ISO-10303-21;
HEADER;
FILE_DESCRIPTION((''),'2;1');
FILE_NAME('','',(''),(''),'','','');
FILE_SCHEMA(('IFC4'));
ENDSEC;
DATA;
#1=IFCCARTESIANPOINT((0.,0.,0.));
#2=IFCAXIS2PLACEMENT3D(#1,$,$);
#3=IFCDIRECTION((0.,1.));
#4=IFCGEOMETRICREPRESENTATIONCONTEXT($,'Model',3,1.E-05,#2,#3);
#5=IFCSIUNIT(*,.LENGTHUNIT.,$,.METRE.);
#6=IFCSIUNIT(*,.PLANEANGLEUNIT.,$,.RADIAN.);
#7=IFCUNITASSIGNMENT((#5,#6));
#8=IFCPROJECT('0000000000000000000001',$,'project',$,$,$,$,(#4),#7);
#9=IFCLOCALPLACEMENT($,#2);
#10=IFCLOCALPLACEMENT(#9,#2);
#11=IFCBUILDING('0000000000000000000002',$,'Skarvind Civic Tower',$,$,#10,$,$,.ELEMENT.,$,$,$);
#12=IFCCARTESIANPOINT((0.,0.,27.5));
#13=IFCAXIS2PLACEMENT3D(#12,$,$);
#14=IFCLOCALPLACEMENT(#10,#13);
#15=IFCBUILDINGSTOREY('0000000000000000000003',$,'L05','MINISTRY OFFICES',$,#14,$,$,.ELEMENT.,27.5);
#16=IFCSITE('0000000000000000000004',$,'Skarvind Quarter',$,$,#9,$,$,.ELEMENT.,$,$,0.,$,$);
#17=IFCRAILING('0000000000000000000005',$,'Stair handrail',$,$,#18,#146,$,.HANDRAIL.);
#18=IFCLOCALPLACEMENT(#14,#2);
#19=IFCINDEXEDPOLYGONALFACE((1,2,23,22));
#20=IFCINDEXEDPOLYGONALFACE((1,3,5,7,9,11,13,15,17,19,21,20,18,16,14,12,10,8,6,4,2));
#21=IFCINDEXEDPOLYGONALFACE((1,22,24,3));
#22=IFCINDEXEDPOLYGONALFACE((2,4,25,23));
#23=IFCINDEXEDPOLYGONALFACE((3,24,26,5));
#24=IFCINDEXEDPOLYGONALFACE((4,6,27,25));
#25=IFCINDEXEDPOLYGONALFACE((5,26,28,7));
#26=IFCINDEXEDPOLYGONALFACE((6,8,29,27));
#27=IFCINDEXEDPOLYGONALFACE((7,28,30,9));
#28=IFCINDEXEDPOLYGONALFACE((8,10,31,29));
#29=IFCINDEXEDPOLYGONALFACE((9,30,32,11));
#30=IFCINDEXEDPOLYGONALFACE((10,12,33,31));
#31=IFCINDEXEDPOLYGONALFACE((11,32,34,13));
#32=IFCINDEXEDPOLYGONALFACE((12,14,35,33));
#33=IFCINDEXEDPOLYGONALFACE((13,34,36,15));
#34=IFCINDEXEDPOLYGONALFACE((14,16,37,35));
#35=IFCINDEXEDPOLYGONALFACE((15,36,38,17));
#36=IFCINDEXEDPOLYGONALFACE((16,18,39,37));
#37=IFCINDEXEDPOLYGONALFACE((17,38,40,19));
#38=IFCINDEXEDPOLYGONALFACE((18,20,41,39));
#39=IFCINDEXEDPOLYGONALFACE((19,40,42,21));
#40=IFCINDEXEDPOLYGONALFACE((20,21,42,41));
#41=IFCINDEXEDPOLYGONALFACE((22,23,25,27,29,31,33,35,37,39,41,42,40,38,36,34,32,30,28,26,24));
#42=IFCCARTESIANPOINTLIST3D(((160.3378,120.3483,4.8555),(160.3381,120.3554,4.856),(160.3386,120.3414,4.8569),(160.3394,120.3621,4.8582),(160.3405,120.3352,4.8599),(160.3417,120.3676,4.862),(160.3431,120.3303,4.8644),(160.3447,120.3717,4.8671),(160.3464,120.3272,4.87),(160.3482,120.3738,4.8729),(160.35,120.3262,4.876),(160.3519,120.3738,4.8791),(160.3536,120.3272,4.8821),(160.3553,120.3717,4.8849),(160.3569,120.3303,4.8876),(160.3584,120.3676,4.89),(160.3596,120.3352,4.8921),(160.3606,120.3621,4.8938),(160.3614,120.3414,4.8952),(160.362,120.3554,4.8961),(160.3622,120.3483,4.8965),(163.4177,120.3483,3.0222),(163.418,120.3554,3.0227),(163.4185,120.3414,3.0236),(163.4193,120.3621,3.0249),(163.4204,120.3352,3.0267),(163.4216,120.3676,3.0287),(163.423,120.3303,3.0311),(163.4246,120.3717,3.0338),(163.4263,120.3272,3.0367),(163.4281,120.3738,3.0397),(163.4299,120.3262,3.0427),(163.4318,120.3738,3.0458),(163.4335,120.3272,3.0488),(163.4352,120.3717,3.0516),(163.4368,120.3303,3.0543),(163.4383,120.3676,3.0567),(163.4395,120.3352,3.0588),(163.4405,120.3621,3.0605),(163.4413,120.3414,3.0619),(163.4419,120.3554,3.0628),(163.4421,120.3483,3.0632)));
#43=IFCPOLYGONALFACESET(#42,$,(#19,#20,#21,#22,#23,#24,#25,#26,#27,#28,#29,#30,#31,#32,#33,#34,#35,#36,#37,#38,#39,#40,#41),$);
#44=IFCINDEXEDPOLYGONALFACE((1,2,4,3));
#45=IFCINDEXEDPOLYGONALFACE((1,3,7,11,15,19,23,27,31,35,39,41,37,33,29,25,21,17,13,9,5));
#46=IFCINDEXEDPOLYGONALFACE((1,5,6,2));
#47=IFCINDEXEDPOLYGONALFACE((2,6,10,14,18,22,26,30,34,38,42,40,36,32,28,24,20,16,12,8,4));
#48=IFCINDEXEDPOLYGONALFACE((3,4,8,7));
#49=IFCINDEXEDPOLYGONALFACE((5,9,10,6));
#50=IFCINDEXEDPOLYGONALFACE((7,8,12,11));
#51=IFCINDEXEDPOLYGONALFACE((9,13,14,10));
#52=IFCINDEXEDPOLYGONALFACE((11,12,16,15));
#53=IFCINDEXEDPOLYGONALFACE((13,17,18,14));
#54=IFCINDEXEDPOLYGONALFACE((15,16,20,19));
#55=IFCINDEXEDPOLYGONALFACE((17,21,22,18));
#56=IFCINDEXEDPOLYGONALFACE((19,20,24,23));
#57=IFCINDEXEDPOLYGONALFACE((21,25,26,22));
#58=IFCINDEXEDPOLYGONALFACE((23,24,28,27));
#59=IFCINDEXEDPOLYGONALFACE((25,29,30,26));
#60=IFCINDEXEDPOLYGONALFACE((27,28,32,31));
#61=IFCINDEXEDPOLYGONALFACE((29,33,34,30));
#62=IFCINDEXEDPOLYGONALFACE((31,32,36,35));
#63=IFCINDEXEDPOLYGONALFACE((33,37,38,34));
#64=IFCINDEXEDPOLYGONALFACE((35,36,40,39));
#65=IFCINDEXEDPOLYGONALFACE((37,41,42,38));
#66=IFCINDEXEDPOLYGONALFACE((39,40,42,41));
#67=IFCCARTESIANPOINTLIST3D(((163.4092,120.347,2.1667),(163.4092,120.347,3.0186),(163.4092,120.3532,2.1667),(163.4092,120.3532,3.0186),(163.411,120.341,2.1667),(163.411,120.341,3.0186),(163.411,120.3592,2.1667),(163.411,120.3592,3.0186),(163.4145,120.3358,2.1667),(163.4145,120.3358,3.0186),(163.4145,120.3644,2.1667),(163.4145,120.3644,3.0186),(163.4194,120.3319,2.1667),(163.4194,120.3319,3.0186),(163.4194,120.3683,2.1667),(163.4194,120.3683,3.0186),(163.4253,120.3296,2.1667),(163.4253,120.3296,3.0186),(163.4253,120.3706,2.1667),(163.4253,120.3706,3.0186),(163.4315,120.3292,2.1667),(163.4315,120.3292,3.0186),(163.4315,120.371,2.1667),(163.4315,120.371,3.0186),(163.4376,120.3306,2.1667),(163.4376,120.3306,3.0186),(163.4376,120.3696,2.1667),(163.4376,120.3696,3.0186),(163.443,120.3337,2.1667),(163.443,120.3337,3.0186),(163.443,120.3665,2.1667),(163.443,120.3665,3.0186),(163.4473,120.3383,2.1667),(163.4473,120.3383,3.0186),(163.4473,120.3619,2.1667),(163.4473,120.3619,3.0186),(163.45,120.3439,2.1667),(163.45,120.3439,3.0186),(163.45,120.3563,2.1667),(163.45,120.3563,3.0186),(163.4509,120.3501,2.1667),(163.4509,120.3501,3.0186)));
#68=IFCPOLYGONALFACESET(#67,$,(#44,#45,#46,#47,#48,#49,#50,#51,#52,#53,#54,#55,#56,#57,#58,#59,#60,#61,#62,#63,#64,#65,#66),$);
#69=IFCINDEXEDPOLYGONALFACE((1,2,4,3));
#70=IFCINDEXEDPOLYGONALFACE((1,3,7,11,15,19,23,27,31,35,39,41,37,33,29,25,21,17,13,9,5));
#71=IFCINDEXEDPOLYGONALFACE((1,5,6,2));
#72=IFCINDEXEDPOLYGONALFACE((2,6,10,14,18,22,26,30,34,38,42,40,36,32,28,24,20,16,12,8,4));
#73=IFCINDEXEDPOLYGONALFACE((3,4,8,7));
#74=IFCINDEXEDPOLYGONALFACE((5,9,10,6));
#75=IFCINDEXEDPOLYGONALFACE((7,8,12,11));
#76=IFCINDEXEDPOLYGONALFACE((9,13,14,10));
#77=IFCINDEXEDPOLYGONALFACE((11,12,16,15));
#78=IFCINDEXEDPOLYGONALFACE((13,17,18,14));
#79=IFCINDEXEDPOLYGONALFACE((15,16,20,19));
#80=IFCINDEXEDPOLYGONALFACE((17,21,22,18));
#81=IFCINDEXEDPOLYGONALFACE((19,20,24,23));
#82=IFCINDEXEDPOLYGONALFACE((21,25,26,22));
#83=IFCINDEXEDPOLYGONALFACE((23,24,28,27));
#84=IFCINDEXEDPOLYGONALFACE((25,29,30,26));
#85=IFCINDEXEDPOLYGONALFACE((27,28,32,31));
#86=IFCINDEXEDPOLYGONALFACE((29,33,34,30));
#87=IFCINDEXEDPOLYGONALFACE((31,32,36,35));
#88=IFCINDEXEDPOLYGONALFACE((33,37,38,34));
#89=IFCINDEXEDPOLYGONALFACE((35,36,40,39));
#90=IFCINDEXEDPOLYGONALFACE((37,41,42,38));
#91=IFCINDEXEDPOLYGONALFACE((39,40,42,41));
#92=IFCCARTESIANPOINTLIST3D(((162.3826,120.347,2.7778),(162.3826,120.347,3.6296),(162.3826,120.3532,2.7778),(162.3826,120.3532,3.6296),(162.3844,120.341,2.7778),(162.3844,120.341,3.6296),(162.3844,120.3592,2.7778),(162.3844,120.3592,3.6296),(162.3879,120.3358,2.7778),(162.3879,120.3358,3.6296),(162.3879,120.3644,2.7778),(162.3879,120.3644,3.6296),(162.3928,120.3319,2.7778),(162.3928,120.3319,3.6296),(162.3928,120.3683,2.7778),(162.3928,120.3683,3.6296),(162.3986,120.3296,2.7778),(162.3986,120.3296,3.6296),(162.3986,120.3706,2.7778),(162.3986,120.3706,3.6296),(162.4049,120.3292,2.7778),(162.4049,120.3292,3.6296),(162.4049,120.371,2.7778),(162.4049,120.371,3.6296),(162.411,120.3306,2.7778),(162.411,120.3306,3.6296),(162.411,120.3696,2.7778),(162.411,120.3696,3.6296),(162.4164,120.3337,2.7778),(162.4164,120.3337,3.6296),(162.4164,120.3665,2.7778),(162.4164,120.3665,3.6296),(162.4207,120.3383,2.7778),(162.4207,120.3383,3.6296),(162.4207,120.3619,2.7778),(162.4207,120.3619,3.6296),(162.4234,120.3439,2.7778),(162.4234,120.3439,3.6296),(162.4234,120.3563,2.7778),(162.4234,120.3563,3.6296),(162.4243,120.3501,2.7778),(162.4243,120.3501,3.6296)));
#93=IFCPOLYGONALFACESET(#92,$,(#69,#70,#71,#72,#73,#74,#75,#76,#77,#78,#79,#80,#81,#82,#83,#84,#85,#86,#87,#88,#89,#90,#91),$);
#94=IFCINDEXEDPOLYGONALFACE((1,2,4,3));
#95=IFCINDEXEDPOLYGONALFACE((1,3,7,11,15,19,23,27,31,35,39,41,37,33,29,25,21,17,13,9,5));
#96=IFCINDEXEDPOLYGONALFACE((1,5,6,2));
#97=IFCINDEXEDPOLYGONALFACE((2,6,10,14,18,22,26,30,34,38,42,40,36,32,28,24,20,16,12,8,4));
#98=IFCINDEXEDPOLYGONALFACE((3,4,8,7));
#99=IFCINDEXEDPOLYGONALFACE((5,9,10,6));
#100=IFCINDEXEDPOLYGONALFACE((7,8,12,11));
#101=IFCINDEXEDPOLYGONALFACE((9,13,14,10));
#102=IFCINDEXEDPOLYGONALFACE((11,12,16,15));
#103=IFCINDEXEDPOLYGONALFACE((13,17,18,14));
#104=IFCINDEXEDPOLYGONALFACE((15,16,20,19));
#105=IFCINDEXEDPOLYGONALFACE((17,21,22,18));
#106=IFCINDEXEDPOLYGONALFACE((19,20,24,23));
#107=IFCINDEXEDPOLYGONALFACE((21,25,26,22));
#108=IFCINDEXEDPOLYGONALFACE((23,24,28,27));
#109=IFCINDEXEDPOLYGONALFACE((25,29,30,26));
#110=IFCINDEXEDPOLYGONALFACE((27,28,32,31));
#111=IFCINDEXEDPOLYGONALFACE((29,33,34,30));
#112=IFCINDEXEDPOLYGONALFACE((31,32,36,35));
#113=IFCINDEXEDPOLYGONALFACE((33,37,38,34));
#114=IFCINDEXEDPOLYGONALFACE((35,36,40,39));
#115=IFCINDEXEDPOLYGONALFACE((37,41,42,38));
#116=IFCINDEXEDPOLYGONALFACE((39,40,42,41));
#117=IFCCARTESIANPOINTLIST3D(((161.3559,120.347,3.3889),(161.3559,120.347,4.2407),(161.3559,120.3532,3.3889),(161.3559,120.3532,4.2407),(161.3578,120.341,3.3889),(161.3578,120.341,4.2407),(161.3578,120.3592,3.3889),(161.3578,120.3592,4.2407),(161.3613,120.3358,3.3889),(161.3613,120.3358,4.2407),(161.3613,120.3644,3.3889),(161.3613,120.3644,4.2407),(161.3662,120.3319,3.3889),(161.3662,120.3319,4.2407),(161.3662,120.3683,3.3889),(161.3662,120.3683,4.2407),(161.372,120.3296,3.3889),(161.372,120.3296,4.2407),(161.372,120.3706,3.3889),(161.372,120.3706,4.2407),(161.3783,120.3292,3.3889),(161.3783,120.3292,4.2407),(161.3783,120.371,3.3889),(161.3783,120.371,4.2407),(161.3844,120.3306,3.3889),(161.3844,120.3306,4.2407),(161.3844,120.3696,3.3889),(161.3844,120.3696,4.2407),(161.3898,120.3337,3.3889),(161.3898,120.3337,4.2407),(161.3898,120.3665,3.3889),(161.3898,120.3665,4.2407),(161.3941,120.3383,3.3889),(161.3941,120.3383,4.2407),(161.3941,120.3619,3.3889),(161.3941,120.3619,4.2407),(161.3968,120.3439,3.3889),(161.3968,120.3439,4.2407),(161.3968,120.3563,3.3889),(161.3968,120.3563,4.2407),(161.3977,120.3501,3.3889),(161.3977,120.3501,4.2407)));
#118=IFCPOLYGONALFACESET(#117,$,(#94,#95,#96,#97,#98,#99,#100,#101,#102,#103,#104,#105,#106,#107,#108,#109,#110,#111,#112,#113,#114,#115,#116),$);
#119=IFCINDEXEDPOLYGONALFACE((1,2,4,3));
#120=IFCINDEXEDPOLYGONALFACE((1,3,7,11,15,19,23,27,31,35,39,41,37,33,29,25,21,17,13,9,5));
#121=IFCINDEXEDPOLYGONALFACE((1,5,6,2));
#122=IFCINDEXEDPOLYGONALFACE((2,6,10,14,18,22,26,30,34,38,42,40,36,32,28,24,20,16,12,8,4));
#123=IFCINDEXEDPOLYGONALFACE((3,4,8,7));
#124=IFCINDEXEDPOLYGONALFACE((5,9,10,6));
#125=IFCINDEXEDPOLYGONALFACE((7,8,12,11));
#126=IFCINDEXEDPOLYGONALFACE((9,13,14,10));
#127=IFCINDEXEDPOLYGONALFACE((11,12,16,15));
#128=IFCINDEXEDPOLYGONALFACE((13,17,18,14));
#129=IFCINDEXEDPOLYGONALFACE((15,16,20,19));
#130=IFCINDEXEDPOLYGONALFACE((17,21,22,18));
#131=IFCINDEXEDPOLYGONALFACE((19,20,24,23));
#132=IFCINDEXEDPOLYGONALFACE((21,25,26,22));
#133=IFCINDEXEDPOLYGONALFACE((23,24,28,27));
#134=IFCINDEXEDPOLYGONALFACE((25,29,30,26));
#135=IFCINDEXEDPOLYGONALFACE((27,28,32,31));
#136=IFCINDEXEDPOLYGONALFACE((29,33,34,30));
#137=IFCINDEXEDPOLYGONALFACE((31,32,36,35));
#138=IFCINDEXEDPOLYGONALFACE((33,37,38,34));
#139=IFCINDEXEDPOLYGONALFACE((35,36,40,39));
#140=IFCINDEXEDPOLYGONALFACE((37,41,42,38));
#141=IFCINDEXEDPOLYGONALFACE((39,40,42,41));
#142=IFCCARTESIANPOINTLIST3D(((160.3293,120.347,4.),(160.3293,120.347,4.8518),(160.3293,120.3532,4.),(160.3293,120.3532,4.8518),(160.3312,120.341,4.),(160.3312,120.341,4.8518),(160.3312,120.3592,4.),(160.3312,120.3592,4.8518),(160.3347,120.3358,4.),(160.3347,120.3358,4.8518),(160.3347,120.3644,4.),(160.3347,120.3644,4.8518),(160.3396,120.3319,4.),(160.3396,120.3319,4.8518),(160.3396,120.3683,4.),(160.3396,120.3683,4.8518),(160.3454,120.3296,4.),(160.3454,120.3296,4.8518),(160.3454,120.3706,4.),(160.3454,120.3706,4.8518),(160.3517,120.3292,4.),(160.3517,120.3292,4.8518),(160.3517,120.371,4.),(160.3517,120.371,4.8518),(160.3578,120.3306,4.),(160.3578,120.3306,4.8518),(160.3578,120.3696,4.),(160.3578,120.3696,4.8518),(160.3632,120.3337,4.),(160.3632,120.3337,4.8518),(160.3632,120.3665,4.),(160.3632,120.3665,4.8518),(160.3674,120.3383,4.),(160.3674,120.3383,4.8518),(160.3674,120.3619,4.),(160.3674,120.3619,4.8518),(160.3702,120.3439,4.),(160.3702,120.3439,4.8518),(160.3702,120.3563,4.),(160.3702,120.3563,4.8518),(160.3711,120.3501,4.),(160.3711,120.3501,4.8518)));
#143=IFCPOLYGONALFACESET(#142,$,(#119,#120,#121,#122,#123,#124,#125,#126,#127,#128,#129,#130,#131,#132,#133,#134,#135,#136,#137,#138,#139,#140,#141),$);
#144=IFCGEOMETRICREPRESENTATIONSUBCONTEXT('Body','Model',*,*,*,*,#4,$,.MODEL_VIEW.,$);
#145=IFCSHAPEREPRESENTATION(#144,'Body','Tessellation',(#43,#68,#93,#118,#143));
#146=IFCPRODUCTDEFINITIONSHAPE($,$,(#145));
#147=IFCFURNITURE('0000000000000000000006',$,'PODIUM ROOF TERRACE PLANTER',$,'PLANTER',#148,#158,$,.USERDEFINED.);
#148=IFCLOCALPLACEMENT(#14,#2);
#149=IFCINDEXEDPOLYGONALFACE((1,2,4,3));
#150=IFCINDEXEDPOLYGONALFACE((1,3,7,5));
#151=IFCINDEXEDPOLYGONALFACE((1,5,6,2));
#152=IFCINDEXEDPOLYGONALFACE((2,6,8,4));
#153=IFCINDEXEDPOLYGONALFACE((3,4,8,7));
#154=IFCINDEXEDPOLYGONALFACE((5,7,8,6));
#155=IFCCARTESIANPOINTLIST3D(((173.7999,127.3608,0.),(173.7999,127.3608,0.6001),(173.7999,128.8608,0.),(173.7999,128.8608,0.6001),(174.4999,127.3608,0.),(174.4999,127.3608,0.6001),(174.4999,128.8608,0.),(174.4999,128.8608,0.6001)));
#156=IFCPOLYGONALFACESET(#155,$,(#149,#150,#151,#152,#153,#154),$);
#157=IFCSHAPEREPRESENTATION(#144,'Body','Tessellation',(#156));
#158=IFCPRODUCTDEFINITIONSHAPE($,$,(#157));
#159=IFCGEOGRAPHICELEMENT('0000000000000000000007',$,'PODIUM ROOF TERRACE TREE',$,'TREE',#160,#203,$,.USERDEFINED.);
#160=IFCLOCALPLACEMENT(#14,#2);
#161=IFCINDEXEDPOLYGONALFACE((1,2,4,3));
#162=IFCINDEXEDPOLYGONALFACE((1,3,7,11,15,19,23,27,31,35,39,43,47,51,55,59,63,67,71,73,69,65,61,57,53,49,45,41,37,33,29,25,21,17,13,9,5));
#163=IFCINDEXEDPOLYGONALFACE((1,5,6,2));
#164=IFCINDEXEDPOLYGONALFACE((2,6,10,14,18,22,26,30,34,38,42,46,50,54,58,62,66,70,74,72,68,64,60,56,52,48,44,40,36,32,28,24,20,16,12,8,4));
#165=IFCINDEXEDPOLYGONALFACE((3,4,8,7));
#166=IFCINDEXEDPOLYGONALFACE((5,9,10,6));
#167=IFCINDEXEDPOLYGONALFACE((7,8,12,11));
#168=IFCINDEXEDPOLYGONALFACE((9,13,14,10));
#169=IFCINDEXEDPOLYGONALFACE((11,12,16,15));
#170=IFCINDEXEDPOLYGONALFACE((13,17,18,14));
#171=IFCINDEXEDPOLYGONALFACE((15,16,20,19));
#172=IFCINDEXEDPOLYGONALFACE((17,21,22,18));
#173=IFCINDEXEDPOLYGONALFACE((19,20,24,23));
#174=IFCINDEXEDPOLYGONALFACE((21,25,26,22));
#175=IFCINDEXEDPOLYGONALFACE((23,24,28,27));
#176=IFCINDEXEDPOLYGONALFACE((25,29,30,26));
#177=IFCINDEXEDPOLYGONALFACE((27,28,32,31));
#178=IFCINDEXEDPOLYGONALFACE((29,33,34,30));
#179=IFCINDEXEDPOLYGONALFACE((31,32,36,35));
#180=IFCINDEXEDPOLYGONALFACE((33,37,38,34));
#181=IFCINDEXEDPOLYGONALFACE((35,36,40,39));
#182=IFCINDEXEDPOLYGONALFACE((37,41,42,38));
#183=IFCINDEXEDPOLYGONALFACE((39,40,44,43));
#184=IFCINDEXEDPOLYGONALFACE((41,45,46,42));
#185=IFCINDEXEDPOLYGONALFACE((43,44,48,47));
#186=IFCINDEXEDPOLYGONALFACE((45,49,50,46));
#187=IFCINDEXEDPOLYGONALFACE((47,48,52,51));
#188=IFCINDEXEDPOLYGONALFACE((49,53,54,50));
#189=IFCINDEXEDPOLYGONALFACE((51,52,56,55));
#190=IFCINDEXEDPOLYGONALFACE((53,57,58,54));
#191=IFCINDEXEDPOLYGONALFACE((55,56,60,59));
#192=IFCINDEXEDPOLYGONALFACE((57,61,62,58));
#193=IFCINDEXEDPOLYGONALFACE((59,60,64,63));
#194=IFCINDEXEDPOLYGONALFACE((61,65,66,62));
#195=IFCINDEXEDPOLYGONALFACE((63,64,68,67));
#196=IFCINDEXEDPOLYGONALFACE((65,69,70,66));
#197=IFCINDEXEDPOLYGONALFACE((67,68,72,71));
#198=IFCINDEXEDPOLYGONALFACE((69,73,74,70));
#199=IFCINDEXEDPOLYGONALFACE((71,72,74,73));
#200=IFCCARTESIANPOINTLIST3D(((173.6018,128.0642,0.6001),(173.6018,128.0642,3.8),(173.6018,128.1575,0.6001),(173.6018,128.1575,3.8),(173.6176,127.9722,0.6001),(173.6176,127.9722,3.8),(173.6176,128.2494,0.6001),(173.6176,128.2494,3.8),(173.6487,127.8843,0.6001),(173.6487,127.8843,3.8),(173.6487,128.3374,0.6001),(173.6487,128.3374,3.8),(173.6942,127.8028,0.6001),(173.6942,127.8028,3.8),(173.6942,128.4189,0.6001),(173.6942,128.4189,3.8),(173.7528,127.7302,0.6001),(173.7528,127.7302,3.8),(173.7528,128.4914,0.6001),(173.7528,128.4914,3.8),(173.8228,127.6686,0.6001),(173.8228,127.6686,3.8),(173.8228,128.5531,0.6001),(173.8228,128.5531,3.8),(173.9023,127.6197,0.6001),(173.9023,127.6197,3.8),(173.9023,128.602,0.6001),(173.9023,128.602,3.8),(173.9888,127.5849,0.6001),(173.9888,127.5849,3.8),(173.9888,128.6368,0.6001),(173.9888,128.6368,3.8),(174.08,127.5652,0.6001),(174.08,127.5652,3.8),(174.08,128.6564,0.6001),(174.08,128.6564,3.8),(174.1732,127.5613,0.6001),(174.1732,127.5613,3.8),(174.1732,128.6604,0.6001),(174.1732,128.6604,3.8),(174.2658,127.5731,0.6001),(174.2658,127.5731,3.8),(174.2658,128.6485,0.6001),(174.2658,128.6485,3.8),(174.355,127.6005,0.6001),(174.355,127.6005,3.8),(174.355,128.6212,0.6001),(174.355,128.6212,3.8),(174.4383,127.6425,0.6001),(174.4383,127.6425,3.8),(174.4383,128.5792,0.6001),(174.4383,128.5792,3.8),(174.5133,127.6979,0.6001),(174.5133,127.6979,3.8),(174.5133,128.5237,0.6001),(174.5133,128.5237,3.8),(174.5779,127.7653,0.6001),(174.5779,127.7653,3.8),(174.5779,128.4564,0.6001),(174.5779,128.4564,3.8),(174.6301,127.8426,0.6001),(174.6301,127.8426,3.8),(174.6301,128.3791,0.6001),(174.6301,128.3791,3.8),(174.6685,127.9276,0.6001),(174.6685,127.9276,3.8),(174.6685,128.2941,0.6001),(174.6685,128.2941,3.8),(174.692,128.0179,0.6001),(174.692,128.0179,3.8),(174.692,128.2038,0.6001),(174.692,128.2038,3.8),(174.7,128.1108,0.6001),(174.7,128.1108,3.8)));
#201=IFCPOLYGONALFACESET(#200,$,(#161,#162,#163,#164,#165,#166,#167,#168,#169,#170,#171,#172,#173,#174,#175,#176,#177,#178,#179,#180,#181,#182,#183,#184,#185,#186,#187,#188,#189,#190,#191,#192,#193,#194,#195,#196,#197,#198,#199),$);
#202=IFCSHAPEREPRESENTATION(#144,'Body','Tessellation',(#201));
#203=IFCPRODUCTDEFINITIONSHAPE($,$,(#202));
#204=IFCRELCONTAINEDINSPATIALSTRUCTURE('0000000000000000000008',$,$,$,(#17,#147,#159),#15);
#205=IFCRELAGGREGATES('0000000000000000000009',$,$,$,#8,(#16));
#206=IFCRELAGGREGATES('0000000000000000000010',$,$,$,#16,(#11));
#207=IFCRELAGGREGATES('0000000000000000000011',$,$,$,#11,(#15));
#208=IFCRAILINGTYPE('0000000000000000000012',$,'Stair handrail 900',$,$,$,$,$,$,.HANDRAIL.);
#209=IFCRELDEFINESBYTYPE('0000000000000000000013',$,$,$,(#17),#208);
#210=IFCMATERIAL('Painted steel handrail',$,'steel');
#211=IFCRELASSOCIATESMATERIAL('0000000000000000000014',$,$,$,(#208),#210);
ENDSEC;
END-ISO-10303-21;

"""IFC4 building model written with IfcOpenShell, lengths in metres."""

from ifc_helpers import new_model, si_unit, direction, frame, origin, origin_2d, place, context, subcontext, project, spatial, rectangle, circle, extrude, material, type_object, element, save


model = new_model("IFC4")

# Units and contexts
model_context = context("Model", 3, precision=1e-05, world=origin(), true_north=direction((0.0, 1.0)))
body_context = subcontext(model_context, "Body", "Model", "MODEL_VIEW")
ifc_project = project(units=[si_unit("LENGTHUNIT", "METRE"), si_unit("PLANEANGLEUNIT", "RADIAN")], contexts=[model_context])

# Site, building, storey
site_placement = place(None, origin())
site = spatial("IfcSite", under=ifc_project, at=site_placement, Name="Skarvind Quarter", CompositionType="ELEMENT", RefElevation=0.0)
building_placement = place(site_placement, origin())
building = spatial("IfcBuilding", under=site, at=building_placement, Name="Skarvind Civic Tower", CompositionType="ELEMENT")
storey_placement = place(building_placement, frame((0.0, 0.0, 27.5)))
storey = spatial("IfcBuildingStorey", under=building, at=storey_placement, Name="L05", Description="MINISTRY OFFICES", CompositionType="ELEMENT", Elevation=27.5)

# Railing
ifc_material_1 = material(Name="Painted steel handrail", Category="steel")
railing_type = type_object("IfcRailingType", Name="Stair handrail 900", PredefinedType="HANDRAIL", material=ifc_material_1)
railing_placement = place(storey_placement, frame((163.4299, 120.3501, 2.1667)))
element("IfcRailing", 1, at=railing_placement, inside=storey, type_object=railing_type, Name="Stair handrail", PredefinedType="HANDRAIL", context=body_context, shape_type="SweptSolid", body=[
    extrude(circle(Radius=0.0239, at=origin_2d()), frame((0.0, 0.0, 0.876), z_axis=(-0.859291, 0.0, 0.511487), x_axis=(0.0, -1.0, 0.0)), (0.0, 0.0, 1.0), 3.5842),
    extrude(circle(Radius=0.021, at=origin_2d()), origin(), (0.0, 0.0, 1.0), 0.8518),
    extrude(circle(Radius=0.021, at=origin_2d()), frame((-1.0266, 0.0, 0.6111)), (0.0, 0.0, 1.0), 0.8518),
    extrude(circle(Radius=0.021, at=origin_2d()), frame((-2.0532, 0.0, 1.2222)), (0.0, 0.0, 1.0), 0.8518),
    extrude(circle(Radius=0.021, at=origin_2d()), frame((-3.0798, 0.0, 1.8333)), (0.0, 0.0, 1.0), 0.8518),
])

# Furniture
furniture_placement = place(storey_placement, frame((174.1499, 128.1108, 0.0), z_axis=(0.0, 0.0, 1.0), x_axis=(0.0, -1.0, 0.0)))
element("IfcFurniture", 2, at=furniture_placement, inside=storey, Name="PODIUM ROOF TERRACE PLANTER", ObjectType="PLANTER", PredefinedType="USERDEFINED", context=body_context, shape_type="SweptSolid", body=[
    extrude(rectangle(XDim=1.5, YDim=0.7, at=origin_2d()), origin(), (0.0, 0.0, 1.0), 0.6001),
])

# Geographic element
for number, where, z_axis, x_axis, name in (
    (3, (174.1499, 128.1108, 0.6001), (0.0, 0.0, 1.0), (1.0, 0.0, 0.0), "PODIUM ROOF TERRACE TREE"),
):
    element("IfcGeographicElement", number, at=place(storey_placement, frame(where, z_axis=z_axis, x_axis=x_axis)), inside=storey, Name=name, ObjectType="TREE", PredefinedType="USERDEFINED", context=body_context, shape_type="SweptSolid", body=[
        extrude(circle(Radius=0.55, at=origin_2d()), origin(), (0.0, 0.0, 1.0), 3.2),
    ])

save(model, "model.ifc")
